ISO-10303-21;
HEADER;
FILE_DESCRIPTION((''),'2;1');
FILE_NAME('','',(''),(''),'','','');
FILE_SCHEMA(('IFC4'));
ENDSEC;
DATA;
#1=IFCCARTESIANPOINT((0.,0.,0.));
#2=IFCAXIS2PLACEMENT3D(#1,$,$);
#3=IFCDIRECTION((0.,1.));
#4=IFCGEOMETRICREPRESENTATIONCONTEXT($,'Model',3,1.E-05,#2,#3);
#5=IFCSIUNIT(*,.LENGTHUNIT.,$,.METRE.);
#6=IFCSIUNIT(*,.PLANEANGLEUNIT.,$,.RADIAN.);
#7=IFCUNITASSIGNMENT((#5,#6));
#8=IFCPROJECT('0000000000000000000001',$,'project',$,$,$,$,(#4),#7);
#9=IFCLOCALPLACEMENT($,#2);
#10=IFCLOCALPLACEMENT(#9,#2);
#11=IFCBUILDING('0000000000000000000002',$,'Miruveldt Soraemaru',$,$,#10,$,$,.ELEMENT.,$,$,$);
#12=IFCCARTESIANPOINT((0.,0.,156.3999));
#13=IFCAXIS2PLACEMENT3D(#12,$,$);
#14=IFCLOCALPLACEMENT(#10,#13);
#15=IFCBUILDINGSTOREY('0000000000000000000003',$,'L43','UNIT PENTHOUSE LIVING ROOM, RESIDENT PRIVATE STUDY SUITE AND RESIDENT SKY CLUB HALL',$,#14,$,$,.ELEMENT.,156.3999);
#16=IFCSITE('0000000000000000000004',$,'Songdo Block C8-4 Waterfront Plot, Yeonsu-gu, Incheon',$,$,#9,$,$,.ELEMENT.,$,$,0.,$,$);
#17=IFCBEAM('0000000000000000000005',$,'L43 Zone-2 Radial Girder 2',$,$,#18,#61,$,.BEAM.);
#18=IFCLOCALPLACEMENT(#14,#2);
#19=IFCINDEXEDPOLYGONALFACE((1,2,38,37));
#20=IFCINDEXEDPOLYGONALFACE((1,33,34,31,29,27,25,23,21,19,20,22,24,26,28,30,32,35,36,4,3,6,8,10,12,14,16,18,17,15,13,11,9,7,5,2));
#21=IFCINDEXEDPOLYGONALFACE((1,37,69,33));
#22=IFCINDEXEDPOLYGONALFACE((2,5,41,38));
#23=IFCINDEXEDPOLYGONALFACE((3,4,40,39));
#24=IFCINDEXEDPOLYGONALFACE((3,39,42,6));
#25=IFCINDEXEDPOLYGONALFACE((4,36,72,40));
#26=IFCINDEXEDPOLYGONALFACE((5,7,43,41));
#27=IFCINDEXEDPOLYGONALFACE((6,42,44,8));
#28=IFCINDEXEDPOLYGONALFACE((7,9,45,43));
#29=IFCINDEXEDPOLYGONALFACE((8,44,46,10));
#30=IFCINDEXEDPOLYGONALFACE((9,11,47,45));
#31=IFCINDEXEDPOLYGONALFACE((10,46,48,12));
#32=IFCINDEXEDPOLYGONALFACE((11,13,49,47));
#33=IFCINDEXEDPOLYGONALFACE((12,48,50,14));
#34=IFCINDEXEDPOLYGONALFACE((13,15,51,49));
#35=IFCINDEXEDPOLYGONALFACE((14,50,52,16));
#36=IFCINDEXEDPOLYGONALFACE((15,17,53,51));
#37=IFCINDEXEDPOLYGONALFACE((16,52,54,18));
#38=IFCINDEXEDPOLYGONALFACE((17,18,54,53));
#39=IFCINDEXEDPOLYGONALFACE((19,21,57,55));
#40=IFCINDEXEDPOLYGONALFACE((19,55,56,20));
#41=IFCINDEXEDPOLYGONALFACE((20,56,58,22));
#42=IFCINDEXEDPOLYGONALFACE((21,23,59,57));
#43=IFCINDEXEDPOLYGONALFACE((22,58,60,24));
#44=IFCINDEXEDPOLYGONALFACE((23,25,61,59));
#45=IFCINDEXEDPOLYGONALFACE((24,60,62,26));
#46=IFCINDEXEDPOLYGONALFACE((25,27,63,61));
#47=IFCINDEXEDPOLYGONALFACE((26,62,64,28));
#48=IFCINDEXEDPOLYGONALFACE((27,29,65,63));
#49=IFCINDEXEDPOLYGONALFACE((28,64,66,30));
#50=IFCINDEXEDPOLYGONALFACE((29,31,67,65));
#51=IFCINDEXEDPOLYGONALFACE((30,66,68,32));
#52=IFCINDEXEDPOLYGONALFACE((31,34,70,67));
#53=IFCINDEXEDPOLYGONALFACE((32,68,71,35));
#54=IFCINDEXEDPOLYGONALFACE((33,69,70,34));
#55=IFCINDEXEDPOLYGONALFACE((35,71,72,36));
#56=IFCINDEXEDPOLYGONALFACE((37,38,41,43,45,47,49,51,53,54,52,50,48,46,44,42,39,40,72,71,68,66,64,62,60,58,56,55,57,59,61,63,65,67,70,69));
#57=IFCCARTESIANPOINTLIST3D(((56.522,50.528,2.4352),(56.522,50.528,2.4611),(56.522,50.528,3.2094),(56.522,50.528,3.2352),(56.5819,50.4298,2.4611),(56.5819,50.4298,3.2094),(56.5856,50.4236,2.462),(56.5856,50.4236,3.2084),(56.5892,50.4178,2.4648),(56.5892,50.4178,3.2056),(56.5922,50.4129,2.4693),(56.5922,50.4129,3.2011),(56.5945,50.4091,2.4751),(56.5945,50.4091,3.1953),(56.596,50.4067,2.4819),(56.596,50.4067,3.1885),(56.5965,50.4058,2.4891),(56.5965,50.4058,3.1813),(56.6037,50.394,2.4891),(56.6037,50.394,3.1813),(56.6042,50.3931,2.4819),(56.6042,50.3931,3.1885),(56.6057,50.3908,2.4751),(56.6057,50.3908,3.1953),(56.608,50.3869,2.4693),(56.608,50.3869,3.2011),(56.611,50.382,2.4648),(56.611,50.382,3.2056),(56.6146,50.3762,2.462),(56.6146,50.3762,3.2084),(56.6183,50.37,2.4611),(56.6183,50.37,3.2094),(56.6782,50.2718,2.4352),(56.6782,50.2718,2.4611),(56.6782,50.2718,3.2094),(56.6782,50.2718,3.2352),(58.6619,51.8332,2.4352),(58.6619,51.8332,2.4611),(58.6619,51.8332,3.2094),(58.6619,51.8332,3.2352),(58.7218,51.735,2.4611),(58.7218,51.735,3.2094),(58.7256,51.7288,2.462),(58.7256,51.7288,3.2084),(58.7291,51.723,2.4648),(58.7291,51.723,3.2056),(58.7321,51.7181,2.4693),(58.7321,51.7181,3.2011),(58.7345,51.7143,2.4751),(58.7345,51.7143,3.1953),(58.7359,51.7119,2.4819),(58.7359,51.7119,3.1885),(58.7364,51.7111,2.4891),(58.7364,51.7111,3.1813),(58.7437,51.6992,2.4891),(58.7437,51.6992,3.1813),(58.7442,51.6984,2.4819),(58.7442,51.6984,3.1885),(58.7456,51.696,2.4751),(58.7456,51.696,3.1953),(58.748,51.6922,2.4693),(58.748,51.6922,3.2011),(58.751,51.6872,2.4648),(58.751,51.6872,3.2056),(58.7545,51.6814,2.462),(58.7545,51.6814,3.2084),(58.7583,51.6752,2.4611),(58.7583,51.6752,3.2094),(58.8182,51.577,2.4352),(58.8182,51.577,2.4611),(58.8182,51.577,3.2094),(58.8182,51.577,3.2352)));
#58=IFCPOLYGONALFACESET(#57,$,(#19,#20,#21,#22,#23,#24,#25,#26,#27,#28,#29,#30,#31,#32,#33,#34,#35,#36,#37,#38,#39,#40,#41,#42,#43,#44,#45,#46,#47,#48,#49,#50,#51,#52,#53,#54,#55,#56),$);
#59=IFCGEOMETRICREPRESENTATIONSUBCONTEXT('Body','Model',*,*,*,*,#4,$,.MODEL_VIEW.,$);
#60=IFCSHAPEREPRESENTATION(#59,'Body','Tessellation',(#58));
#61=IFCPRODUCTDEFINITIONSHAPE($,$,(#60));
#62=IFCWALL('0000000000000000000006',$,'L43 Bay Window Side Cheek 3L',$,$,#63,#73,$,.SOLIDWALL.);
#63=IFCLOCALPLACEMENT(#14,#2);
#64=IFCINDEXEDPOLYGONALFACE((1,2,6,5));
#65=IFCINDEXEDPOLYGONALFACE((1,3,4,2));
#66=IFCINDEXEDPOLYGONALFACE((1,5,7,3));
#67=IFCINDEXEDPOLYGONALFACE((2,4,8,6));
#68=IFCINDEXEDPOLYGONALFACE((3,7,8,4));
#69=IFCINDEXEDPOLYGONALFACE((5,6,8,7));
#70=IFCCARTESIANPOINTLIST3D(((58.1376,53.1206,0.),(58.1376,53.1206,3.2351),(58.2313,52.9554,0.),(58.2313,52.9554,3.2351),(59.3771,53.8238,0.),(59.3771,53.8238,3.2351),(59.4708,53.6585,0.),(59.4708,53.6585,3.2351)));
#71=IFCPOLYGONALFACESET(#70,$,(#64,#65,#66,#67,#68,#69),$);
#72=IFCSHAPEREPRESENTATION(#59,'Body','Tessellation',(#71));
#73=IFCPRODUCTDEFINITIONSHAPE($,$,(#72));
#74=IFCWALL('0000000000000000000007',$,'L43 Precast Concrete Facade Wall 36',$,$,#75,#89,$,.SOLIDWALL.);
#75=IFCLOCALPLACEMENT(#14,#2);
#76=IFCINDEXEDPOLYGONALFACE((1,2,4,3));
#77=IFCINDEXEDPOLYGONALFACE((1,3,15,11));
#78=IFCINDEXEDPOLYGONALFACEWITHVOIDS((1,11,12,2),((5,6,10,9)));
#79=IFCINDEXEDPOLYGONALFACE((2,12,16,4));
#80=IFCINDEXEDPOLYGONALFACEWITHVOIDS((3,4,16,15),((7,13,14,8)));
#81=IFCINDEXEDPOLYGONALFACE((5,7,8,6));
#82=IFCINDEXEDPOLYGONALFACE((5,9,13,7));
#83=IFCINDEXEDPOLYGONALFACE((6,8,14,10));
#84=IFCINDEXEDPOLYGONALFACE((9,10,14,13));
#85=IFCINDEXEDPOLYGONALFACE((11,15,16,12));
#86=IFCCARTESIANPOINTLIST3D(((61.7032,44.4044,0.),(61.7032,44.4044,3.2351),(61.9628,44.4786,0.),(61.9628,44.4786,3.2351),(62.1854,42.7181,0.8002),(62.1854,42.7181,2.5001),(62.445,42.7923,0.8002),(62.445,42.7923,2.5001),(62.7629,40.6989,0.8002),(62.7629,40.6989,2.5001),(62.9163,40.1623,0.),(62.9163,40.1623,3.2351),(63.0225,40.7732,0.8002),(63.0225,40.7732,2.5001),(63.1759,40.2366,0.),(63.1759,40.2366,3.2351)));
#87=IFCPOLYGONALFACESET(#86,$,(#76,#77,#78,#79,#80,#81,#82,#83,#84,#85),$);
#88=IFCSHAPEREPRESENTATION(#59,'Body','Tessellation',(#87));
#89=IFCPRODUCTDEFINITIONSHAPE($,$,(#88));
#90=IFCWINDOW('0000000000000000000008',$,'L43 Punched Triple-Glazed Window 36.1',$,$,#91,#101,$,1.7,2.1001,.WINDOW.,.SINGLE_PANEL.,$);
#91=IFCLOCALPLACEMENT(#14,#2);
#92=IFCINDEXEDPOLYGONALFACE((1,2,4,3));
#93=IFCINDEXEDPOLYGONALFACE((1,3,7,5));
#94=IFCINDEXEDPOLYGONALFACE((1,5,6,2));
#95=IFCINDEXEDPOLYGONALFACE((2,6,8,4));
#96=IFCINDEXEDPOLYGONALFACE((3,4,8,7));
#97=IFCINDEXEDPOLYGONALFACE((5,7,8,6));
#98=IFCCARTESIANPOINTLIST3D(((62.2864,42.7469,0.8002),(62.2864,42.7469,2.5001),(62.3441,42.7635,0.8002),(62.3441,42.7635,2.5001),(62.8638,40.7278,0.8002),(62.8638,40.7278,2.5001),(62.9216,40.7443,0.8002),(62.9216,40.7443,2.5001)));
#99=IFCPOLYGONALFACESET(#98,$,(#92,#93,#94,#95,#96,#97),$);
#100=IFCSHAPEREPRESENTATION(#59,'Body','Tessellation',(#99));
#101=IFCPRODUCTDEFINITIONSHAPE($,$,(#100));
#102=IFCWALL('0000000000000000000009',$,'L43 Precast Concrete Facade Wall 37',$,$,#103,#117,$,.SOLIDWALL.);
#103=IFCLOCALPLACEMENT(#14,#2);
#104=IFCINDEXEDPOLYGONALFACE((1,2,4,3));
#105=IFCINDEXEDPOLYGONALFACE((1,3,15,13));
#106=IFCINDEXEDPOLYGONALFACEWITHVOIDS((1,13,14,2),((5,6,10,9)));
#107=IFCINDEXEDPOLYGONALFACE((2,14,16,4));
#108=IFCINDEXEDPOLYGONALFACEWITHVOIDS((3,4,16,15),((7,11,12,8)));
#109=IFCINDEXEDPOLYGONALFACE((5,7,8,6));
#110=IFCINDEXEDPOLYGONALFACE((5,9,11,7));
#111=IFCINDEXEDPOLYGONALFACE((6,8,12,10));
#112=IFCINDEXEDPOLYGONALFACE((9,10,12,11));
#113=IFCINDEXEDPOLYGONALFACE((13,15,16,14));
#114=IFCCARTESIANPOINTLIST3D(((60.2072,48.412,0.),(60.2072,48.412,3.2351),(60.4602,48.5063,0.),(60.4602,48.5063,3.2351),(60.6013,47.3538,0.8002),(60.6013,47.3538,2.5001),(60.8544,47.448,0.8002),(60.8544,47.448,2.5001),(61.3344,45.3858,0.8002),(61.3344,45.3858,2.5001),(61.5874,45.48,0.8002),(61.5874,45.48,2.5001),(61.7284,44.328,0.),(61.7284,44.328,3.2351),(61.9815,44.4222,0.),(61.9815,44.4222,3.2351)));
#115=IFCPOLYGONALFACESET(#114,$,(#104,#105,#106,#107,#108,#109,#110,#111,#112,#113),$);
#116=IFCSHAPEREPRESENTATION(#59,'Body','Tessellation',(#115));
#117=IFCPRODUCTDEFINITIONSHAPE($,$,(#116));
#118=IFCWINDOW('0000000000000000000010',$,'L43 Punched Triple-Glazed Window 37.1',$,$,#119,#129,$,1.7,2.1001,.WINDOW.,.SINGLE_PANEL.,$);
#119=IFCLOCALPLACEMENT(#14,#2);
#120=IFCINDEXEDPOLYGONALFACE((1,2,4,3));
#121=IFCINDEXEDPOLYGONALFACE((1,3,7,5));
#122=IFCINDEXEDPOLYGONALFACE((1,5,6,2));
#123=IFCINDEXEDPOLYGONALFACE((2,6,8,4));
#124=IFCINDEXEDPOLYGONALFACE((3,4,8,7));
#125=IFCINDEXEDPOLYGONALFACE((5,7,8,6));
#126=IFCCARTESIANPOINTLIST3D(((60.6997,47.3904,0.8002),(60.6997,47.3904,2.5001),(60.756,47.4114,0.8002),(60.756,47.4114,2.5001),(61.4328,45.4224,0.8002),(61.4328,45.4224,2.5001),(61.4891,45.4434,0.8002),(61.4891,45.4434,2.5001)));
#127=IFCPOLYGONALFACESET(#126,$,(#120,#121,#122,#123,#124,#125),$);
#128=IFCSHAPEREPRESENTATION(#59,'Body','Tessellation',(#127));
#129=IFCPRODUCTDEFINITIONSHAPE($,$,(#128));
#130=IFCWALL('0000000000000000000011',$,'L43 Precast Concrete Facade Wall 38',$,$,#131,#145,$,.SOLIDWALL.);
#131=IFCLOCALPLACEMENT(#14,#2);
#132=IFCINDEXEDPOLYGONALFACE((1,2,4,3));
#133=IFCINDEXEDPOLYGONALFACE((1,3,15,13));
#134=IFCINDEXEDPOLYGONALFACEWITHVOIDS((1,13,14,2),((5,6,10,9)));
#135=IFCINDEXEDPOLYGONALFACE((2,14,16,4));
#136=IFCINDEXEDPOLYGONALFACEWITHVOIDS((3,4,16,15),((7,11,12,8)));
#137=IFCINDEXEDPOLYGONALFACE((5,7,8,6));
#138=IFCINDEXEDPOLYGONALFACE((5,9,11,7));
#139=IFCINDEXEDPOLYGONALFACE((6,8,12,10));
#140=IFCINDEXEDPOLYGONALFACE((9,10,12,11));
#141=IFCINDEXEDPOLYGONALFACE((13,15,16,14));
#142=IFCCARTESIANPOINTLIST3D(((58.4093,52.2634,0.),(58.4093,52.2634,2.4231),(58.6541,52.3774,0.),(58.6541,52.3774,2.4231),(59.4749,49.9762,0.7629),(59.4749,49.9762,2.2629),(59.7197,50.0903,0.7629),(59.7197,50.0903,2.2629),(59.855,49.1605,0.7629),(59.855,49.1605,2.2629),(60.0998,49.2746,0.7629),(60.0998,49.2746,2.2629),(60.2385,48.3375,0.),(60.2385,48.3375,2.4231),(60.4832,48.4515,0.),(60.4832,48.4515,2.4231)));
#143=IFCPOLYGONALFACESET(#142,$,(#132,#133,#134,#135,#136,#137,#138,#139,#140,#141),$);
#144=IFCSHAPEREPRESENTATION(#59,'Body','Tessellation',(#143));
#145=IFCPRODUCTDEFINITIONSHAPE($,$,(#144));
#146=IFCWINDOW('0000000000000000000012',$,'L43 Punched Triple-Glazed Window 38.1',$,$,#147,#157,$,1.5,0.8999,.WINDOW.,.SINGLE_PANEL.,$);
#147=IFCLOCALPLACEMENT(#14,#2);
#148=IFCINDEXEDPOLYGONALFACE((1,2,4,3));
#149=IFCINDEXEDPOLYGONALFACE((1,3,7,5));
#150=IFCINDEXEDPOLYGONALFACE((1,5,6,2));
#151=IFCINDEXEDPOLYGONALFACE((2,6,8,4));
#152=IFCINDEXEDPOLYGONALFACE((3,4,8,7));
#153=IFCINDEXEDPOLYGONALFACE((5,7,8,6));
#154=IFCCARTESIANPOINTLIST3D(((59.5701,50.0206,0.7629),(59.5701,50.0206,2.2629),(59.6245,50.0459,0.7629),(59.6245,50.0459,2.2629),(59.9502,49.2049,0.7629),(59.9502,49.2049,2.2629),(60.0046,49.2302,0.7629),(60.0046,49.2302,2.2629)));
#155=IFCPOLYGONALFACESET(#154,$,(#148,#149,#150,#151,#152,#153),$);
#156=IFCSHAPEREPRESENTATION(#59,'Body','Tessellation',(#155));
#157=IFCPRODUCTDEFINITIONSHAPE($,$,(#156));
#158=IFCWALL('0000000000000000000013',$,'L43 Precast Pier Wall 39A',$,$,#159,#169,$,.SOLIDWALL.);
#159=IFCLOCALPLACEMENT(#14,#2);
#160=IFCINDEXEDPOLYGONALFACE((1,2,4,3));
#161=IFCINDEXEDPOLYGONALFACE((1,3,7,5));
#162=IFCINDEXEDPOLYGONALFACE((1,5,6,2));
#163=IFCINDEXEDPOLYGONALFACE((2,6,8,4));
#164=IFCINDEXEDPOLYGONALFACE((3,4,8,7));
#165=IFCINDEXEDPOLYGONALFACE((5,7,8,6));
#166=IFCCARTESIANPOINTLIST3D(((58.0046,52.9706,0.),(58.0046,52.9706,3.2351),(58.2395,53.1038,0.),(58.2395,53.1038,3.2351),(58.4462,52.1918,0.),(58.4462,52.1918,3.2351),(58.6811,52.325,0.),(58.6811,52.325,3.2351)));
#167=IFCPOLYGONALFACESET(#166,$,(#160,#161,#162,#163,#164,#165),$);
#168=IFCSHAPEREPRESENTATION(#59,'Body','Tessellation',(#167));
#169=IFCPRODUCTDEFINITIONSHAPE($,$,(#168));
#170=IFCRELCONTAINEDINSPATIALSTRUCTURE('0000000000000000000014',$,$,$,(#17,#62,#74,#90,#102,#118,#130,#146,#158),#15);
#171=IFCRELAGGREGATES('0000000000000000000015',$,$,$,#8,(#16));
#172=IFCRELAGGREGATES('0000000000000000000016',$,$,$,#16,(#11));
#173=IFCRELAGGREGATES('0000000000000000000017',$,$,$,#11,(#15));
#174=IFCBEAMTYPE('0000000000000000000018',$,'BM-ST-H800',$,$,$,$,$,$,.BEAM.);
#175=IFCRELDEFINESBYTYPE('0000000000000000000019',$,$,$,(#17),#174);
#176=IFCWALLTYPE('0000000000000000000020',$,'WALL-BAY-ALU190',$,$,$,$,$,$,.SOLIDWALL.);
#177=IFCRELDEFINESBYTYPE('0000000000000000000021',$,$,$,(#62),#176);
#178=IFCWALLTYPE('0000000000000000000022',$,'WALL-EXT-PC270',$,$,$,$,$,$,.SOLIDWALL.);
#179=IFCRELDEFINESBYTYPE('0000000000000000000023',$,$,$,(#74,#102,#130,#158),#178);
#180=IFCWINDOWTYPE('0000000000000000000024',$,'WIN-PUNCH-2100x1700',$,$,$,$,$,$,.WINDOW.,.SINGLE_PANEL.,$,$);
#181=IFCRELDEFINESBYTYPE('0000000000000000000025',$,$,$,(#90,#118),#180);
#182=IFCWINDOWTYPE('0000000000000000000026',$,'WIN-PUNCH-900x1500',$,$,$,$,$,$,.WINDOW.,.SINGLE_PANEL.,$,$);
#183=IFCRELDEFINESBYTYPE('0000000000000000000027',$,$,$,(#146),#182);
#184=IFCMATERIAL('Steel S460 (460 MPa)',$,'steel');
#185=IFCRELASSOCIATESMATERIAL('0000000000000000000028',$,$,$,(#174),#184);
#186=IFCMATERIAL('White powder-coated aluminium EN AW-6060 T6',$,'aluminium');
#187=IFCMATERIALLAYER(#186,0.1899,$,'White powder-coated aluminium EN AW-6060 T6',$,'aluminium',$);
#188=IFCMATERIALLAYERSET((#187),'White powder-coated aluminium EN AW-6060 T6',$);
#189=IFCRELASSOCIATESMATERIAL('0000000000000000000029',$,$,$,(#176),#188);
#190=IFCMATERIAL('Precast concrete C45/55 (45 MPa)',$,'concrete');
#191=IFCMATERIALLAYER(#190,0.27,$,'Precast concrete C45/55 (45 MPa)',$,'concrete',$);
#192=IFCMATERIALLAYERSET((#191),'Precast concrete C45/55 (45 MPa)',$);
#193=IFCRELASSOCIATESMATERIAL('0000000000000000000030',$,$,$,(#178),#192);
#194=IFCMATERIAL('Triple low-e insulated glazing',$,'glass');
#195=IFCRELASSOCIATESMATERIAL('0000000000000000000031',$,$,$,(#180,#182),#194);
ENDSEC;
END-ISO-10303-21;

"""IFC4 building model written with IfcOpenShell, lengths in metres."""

from ifc_helpers import new_model, si_unit, direction, frame, frame_2d, origin, origin_2d, place, context, subcontext, project, spatial, rectangle, i_section, extrude, material, layer, layer_set, material_profile, profile_set, type_object, element, fill, save


model = new_model("IFC4")

# Units and contexts
model_context = context("Model", 3, precision=1e-05, world=origin(), true_north=direction((0.0, 1.0)))
body_context = subcontext(model_context, "Body", "Model", "MODEL_VIEW")
ifc_project = project(units=[si_unit("LENGTHUNIT", "METRE"), si_unit("PLANEANGLEUNIT", "RADIAN")], contexts=[model_context])

# Site, building, storey
site_placement = place(None, origin())
site = spatial("IfcSite", under=ifc_project, at=site_placement, Name="Songdo Block C8-4 Waterfront Plot, Yeonsu-gu, Incheon", CompositionType="ELEMENT", RefElevation=0.0)
building_placement = place(site_placement, origin())
building = spatial("IfcBuilding", under=site, at=building_placement, Name="Miruveldt Soraemaru", CompositionType="ELEMENT")
storey_placement = place(building_placement, frame((0.0, 0.0, 156.3999)))
storey = spatial("IfcBuildingStorey", under=building, at=storey_placement, Name="L43", Description="UNIT PENTHOUSE LIVING ROOM, RESIDENT PRIVATE STUDY SUITE AND RESIDENT SKY CLUB HALL", CompositionType="ELEMENT", Elevation=156.3999)

# Beam
ifc_material_1 = material(Name="Steel S460 (460 MPa)", Category="steel")
ifc_material_profile_1 = material_profile(ifc_material_1, i_section(OverallWidth=0.3, OverallDepth=0.8, WebThickness=0.0139, FlangeThickness=0.0259, FilletRadius=0.0281, at=origin_2d()), Name="Steel S460 (460 MPa)", Category="steel")
ifc_profile_set_1 = profile_set([ifc_material_profile_1], Name="Steel S460 (460 MPa)")
beam_type_1 = type_object("IfcBeamType", Name="BM-ST-H800", PredefinedType="BEAM", material=ifc_profile_set_1)
beam_1_placement = place(storey_placement, frame((56.6001, 50.3999, 2.8352), z_axis=(0.853732, 0.520713, 0.0), x_axis=(-0.520713, 0.853732, 0.0)))
element("IfcBeam", 1, at=beam_1_placement, inside=storey, type_object=beam_type_1, Name="L43 Zone-2 Radial Girder 2", PredefinedType="BEAM", context=body_context, shape_type="SweptSolid", body=[
    extrude(i_section(OverallWidth=0.3, OverallDepth=0.8, WebThickness=0.0139, FlangeThickness=0.0259, FilletRadius=0.0281, at=origin_2d()), origin(), (0.0, 0.0, 1.0), 2.5066),
])

# Wall
ifc_material_2 = material(Name="White powder-coated aluminium EN AW-6060 T6", Category="aluminium")
ifc_layer_1 = layer(ifc_material_2, 0.1899, Name="White powder-coated aluminium EN AW-6060 T6", Category="aluminium")
ifc_layer_set_1 = layer_set([ifc_layer_1], Name="White powder-coated aluminium EN AW-6060 T6")
wall_type_1 = type_object("IfcWallType", Name="WALL-BAY-ALU190", PredefinedType="SOLIDWALL", material=ifc_layer_set_1)
wall_1_placement = place(storey_placement, frame((58.1846, 53.0381, 0.0), z_axis=(0.0, 0.0, 1.0), x_axis=(0.869799, 0.493406, 0.0)))
element("IfcWall", 2, at=wall_1_placement, inside=storey, type_object=wall_type_1, Name="L43 Bay Window Side Cheek 3L", PredefinedType="SOLIDWALL", context=body_context, shape_type="SweptSolid", body=[
    extrude(rectangle(XDim=1.425, YDim=0.1899, at=frame_2d((0.7124, 0.0))), origin(), (0.0, 0.0, 1.0), 3.2351),
])

# Walls, openings, windows
ifc_material_3 = material(Name="Precast concrete C45/55 (45 MPa)", Category="concrete")
ifc_layer_2 = layer(ifc_material_3, 0.27, Name="Precast concrete C45/55 (45 MPa)", Category="concrete")
ifc_layer_set_2 = layer_set([ifc_layer_2], Name="Precast concrete C45/55 (45 MPa)")
wall_type_2 = type_object("IfcWallType", Name="WALL-EXT-PC270", PredefinedType="SOLIDWALL", material=ifc_layer_set_2)
wall_2_placement = place(storey_placement, frame((63.0461, 40.1995, 0.0), z_axis=(0.0, 0.0, 1.0), x_axis=(-0.274962, 0.961455, 0.0)))
wall_2 = element("IfcWall", 3, at=wall_2_placement, inside=storey, type_object=wall_type_2, Name="L43 Precast Concrete Facade Wall 36", PredefinedType="SOLIDWALL", context=body_context, shape_type="SweptSolid", body=[
    extrude(rectangle(XDim=4.4121, YDim=0.27, at=frame_2d((2.2061, 0.0))), origin(), (0.0, 0.0, 1.0), 3.2351),
])
opening_1_placement = place(wall_2_placement, frame((0.5581, 0.0, 0.8)))
opening_1 = element("IfcOpeningElement", 4, at=opening_1_placement, cuts=wall_2, PredefinedType="OPENING", context=body_context, shape_type="SweptSolid", body=[
    extrude(rectangle(XDim=2.1001, YDim=1.7, at=frame_2d((1.05, 0.8501))), frame((0.0, 0.145, 0.0), z_axis=(0.0, -1.0, 0.0), x_axis=(1.0, 0.0, 0.0)), (0.0, 0.0, 1.0), 0.29),
])
ifc_material_4 = material(Name="Triple low-e insulated glazing", Category="glass")
window_type_1 = type_object("IfcWindowType", Name="WIN-PUNCH-2100x1700", PartitioningType="SINGLE_PANEL", PredefinedType="WINDOW", material=ifc_material_4)
window_1_placement = place(opening_1_placement, origin())
window_1 = element("IfcWindow", 5, at=window_1_placement, inside=storey, type_object=window_type_1, Name="L43 Punched Triple-Glazed Window 36.1", OverallHeight=1.7, OverallWidth=2.1001, PartitioningType="SINGLE_PANEL", PredefinedType="WINDOW", context=body_context, shape_type="SweptSolid", body=[
    extrude(rectangle(XDim=2.1001, YDim=1.7, at=frame_2d((1.05, 0.8501))), frame((0.0, 0.03, 0.0), z_axis=(0.0, -1.0, 0.0), x_axis=(1.0, 0.0, 0.0)), (0.0, 0.0, 1.0), 0.0601),
])
fill(opening_1, window_1)
wall_3_placement = place(storey_placement, frame((61.855, 44.375, 0.0), z_axis=(0.0, 0.0, 1.0), x_axis=(-0.34906, 0.9371, 0.0)))
wall_3 = element("IfcWall", 6, at=wall_3_placement, inside=storey, type_object=wall_type_2, Name="L43 Precast Concrete Facade Wall 37", PredefinedType="SOLIDWALL", context=body_context, shape_type="SweptSolid", body=[
    extrude(rectangle(XDim=4.3582, YDim=0.27, at=frame_2d((2.1792, 0.0))), origin(), (0.0, 0.0, 1.0), 3.2351),
])
opening_2_placement = place(wall_3_placement, frame((1.1289, 0.0, 0.8)))
opening_2 = element("IfcOpeningElement", 7, at=opening_2_placement, cuts=wall_3, PredefinedType="OPENING", context=body_context, shape_type="SweptSolid", body=[
    extrude(rectangle(XDim=2.1001, YDim=1.7, at=frame_2d((1.05, 0.8501))), frame((0.0, 0.145, 0.0), z_axis=(0.0, -1.0, 0.0), x_axis=(1.0, 0.0, 0.0)), (0.0, 0.0, 1.0), 0.29),
])
window_2_placement = place(opening_2_placement, origin())
window_2 = element("IfcWindow", 8, at=window_2_placement, inside=storey, type_object=window_type_1, Name="L43 Punched Triple-Glazed Window 37.1", OverallHeight=1.7, OverallWidth=2.1001, PartitioningType="SINGLE_PANEL", PredefinedType="WINDOW", context=body_context, shape_type="SweptSolid", body=[
    extrude(rectangle(XDim=2.1001, YDim=1.7, at=frame_2d((1.05, 0.8501))), frame((0.0, 0.03, 0.0), z_axis=(0.0, -1.0, 0.0), x_axis=(1.0, 0.0, 0.0)), (0.0, 0.0, 1.0), 0.0601),
])
fill(opening_2, window_2)
wall_4_placement = place(storey_placement, frame((60.3608, 48.3945, 0.0), z_axis=(0.0, 0.0, 1.0), x_axis=(-0.42233, 0.906442, 0.0)))
wall_4 = element("IfcWall", 9, at=wall_4_placement, inside=storey, type_object=wall_type_2, Name="L43 Precast Concrete Facade Wall 38", PredefinedType="SOLIDWALL", context=body_context, shape_type="SweptSolid", body=[
    extrude(rectangle(XDim=4.3311, YDim=0.27, at=frame_2d((2.1655, 0.0))), origin(), (0.0, 0.0, 1.0), 2.4231),
])
opening_3_placement = place(wall_4_placement, frame((0.908, 0.0, 0.7629)))
opening_3 = element("IfcOpeningElement", 10, at=opening_3_placement, cuts=wall_4, PredefinedType="OPENING", context=body_context, shape_type="SweptSolid", body=[
    extrude(rectangle(XDim=0.8999, YDim=1.5, at=frame_2d((0.45, 0.75))), frame((0.0, 0.145, 0.0), z_axis=(0.0, -1.0, 0.0), x_axis=(1.0, 0.0, 0.0)), (0.0, 0.0, 1.0), 0.29),
])
window_type_2 = type_object("IfcWindowType", Name="WIN-PUNCH-900x1500", PartitioningType="SINGLE_PANEL", PredefinedType="WINDOW", material=ifc_material_4)
window_3_placement = place(opening_3_placement, origin())
window_3 = element("IfcWindow", 11, at=window_3_placement, inside=storey, type_object=window_type_2, Name="L43 Punched Triple-Glazed Window 38.1", OverallHeight=1.5, OverallWidth=0.8999, PartitioningType="SINGLE_PANEL", PredefinedType="WINDOW", context=body_context, shape_type="SweptSolid", body=[
    extrude(rectangle(XDim=0.8999, YDim=1.5, at=frame_2d((0.45, 0.75))), frame((0.0, 0.03, 0.0), z_axis=(0.0, -1.0, 0.0), x_axis=(1.0, 0.0, 0.0)), (0.0, 0.0, 1.0), 0.0601),
])
fill(opening_3, window_3)

# Wall
wall_5_placement = place(storey_placement, frame((58.5637, 52.2583, 0.0), z_axis=(0.0, 0.0, 1.0), x_axis=(-0.493288, 0.869866, 0.0)))
element("IfcWall", 12, at=wall_5_placement, inside=storey, type_object=wall_type_2, Name="L43 Precast Pier Wall 39A", PredefinedType="SOLIDWALL", context=body_context, shape_type="SweptSolid", body=[
    extrude(rectangle(XDim=0.8953, YDim=0.27, at=frame_2d((0.4478, 0.0))), origin(), (0.0, 0.0, 1.0), 3.2351),
])

save(model, "model.ifc")
